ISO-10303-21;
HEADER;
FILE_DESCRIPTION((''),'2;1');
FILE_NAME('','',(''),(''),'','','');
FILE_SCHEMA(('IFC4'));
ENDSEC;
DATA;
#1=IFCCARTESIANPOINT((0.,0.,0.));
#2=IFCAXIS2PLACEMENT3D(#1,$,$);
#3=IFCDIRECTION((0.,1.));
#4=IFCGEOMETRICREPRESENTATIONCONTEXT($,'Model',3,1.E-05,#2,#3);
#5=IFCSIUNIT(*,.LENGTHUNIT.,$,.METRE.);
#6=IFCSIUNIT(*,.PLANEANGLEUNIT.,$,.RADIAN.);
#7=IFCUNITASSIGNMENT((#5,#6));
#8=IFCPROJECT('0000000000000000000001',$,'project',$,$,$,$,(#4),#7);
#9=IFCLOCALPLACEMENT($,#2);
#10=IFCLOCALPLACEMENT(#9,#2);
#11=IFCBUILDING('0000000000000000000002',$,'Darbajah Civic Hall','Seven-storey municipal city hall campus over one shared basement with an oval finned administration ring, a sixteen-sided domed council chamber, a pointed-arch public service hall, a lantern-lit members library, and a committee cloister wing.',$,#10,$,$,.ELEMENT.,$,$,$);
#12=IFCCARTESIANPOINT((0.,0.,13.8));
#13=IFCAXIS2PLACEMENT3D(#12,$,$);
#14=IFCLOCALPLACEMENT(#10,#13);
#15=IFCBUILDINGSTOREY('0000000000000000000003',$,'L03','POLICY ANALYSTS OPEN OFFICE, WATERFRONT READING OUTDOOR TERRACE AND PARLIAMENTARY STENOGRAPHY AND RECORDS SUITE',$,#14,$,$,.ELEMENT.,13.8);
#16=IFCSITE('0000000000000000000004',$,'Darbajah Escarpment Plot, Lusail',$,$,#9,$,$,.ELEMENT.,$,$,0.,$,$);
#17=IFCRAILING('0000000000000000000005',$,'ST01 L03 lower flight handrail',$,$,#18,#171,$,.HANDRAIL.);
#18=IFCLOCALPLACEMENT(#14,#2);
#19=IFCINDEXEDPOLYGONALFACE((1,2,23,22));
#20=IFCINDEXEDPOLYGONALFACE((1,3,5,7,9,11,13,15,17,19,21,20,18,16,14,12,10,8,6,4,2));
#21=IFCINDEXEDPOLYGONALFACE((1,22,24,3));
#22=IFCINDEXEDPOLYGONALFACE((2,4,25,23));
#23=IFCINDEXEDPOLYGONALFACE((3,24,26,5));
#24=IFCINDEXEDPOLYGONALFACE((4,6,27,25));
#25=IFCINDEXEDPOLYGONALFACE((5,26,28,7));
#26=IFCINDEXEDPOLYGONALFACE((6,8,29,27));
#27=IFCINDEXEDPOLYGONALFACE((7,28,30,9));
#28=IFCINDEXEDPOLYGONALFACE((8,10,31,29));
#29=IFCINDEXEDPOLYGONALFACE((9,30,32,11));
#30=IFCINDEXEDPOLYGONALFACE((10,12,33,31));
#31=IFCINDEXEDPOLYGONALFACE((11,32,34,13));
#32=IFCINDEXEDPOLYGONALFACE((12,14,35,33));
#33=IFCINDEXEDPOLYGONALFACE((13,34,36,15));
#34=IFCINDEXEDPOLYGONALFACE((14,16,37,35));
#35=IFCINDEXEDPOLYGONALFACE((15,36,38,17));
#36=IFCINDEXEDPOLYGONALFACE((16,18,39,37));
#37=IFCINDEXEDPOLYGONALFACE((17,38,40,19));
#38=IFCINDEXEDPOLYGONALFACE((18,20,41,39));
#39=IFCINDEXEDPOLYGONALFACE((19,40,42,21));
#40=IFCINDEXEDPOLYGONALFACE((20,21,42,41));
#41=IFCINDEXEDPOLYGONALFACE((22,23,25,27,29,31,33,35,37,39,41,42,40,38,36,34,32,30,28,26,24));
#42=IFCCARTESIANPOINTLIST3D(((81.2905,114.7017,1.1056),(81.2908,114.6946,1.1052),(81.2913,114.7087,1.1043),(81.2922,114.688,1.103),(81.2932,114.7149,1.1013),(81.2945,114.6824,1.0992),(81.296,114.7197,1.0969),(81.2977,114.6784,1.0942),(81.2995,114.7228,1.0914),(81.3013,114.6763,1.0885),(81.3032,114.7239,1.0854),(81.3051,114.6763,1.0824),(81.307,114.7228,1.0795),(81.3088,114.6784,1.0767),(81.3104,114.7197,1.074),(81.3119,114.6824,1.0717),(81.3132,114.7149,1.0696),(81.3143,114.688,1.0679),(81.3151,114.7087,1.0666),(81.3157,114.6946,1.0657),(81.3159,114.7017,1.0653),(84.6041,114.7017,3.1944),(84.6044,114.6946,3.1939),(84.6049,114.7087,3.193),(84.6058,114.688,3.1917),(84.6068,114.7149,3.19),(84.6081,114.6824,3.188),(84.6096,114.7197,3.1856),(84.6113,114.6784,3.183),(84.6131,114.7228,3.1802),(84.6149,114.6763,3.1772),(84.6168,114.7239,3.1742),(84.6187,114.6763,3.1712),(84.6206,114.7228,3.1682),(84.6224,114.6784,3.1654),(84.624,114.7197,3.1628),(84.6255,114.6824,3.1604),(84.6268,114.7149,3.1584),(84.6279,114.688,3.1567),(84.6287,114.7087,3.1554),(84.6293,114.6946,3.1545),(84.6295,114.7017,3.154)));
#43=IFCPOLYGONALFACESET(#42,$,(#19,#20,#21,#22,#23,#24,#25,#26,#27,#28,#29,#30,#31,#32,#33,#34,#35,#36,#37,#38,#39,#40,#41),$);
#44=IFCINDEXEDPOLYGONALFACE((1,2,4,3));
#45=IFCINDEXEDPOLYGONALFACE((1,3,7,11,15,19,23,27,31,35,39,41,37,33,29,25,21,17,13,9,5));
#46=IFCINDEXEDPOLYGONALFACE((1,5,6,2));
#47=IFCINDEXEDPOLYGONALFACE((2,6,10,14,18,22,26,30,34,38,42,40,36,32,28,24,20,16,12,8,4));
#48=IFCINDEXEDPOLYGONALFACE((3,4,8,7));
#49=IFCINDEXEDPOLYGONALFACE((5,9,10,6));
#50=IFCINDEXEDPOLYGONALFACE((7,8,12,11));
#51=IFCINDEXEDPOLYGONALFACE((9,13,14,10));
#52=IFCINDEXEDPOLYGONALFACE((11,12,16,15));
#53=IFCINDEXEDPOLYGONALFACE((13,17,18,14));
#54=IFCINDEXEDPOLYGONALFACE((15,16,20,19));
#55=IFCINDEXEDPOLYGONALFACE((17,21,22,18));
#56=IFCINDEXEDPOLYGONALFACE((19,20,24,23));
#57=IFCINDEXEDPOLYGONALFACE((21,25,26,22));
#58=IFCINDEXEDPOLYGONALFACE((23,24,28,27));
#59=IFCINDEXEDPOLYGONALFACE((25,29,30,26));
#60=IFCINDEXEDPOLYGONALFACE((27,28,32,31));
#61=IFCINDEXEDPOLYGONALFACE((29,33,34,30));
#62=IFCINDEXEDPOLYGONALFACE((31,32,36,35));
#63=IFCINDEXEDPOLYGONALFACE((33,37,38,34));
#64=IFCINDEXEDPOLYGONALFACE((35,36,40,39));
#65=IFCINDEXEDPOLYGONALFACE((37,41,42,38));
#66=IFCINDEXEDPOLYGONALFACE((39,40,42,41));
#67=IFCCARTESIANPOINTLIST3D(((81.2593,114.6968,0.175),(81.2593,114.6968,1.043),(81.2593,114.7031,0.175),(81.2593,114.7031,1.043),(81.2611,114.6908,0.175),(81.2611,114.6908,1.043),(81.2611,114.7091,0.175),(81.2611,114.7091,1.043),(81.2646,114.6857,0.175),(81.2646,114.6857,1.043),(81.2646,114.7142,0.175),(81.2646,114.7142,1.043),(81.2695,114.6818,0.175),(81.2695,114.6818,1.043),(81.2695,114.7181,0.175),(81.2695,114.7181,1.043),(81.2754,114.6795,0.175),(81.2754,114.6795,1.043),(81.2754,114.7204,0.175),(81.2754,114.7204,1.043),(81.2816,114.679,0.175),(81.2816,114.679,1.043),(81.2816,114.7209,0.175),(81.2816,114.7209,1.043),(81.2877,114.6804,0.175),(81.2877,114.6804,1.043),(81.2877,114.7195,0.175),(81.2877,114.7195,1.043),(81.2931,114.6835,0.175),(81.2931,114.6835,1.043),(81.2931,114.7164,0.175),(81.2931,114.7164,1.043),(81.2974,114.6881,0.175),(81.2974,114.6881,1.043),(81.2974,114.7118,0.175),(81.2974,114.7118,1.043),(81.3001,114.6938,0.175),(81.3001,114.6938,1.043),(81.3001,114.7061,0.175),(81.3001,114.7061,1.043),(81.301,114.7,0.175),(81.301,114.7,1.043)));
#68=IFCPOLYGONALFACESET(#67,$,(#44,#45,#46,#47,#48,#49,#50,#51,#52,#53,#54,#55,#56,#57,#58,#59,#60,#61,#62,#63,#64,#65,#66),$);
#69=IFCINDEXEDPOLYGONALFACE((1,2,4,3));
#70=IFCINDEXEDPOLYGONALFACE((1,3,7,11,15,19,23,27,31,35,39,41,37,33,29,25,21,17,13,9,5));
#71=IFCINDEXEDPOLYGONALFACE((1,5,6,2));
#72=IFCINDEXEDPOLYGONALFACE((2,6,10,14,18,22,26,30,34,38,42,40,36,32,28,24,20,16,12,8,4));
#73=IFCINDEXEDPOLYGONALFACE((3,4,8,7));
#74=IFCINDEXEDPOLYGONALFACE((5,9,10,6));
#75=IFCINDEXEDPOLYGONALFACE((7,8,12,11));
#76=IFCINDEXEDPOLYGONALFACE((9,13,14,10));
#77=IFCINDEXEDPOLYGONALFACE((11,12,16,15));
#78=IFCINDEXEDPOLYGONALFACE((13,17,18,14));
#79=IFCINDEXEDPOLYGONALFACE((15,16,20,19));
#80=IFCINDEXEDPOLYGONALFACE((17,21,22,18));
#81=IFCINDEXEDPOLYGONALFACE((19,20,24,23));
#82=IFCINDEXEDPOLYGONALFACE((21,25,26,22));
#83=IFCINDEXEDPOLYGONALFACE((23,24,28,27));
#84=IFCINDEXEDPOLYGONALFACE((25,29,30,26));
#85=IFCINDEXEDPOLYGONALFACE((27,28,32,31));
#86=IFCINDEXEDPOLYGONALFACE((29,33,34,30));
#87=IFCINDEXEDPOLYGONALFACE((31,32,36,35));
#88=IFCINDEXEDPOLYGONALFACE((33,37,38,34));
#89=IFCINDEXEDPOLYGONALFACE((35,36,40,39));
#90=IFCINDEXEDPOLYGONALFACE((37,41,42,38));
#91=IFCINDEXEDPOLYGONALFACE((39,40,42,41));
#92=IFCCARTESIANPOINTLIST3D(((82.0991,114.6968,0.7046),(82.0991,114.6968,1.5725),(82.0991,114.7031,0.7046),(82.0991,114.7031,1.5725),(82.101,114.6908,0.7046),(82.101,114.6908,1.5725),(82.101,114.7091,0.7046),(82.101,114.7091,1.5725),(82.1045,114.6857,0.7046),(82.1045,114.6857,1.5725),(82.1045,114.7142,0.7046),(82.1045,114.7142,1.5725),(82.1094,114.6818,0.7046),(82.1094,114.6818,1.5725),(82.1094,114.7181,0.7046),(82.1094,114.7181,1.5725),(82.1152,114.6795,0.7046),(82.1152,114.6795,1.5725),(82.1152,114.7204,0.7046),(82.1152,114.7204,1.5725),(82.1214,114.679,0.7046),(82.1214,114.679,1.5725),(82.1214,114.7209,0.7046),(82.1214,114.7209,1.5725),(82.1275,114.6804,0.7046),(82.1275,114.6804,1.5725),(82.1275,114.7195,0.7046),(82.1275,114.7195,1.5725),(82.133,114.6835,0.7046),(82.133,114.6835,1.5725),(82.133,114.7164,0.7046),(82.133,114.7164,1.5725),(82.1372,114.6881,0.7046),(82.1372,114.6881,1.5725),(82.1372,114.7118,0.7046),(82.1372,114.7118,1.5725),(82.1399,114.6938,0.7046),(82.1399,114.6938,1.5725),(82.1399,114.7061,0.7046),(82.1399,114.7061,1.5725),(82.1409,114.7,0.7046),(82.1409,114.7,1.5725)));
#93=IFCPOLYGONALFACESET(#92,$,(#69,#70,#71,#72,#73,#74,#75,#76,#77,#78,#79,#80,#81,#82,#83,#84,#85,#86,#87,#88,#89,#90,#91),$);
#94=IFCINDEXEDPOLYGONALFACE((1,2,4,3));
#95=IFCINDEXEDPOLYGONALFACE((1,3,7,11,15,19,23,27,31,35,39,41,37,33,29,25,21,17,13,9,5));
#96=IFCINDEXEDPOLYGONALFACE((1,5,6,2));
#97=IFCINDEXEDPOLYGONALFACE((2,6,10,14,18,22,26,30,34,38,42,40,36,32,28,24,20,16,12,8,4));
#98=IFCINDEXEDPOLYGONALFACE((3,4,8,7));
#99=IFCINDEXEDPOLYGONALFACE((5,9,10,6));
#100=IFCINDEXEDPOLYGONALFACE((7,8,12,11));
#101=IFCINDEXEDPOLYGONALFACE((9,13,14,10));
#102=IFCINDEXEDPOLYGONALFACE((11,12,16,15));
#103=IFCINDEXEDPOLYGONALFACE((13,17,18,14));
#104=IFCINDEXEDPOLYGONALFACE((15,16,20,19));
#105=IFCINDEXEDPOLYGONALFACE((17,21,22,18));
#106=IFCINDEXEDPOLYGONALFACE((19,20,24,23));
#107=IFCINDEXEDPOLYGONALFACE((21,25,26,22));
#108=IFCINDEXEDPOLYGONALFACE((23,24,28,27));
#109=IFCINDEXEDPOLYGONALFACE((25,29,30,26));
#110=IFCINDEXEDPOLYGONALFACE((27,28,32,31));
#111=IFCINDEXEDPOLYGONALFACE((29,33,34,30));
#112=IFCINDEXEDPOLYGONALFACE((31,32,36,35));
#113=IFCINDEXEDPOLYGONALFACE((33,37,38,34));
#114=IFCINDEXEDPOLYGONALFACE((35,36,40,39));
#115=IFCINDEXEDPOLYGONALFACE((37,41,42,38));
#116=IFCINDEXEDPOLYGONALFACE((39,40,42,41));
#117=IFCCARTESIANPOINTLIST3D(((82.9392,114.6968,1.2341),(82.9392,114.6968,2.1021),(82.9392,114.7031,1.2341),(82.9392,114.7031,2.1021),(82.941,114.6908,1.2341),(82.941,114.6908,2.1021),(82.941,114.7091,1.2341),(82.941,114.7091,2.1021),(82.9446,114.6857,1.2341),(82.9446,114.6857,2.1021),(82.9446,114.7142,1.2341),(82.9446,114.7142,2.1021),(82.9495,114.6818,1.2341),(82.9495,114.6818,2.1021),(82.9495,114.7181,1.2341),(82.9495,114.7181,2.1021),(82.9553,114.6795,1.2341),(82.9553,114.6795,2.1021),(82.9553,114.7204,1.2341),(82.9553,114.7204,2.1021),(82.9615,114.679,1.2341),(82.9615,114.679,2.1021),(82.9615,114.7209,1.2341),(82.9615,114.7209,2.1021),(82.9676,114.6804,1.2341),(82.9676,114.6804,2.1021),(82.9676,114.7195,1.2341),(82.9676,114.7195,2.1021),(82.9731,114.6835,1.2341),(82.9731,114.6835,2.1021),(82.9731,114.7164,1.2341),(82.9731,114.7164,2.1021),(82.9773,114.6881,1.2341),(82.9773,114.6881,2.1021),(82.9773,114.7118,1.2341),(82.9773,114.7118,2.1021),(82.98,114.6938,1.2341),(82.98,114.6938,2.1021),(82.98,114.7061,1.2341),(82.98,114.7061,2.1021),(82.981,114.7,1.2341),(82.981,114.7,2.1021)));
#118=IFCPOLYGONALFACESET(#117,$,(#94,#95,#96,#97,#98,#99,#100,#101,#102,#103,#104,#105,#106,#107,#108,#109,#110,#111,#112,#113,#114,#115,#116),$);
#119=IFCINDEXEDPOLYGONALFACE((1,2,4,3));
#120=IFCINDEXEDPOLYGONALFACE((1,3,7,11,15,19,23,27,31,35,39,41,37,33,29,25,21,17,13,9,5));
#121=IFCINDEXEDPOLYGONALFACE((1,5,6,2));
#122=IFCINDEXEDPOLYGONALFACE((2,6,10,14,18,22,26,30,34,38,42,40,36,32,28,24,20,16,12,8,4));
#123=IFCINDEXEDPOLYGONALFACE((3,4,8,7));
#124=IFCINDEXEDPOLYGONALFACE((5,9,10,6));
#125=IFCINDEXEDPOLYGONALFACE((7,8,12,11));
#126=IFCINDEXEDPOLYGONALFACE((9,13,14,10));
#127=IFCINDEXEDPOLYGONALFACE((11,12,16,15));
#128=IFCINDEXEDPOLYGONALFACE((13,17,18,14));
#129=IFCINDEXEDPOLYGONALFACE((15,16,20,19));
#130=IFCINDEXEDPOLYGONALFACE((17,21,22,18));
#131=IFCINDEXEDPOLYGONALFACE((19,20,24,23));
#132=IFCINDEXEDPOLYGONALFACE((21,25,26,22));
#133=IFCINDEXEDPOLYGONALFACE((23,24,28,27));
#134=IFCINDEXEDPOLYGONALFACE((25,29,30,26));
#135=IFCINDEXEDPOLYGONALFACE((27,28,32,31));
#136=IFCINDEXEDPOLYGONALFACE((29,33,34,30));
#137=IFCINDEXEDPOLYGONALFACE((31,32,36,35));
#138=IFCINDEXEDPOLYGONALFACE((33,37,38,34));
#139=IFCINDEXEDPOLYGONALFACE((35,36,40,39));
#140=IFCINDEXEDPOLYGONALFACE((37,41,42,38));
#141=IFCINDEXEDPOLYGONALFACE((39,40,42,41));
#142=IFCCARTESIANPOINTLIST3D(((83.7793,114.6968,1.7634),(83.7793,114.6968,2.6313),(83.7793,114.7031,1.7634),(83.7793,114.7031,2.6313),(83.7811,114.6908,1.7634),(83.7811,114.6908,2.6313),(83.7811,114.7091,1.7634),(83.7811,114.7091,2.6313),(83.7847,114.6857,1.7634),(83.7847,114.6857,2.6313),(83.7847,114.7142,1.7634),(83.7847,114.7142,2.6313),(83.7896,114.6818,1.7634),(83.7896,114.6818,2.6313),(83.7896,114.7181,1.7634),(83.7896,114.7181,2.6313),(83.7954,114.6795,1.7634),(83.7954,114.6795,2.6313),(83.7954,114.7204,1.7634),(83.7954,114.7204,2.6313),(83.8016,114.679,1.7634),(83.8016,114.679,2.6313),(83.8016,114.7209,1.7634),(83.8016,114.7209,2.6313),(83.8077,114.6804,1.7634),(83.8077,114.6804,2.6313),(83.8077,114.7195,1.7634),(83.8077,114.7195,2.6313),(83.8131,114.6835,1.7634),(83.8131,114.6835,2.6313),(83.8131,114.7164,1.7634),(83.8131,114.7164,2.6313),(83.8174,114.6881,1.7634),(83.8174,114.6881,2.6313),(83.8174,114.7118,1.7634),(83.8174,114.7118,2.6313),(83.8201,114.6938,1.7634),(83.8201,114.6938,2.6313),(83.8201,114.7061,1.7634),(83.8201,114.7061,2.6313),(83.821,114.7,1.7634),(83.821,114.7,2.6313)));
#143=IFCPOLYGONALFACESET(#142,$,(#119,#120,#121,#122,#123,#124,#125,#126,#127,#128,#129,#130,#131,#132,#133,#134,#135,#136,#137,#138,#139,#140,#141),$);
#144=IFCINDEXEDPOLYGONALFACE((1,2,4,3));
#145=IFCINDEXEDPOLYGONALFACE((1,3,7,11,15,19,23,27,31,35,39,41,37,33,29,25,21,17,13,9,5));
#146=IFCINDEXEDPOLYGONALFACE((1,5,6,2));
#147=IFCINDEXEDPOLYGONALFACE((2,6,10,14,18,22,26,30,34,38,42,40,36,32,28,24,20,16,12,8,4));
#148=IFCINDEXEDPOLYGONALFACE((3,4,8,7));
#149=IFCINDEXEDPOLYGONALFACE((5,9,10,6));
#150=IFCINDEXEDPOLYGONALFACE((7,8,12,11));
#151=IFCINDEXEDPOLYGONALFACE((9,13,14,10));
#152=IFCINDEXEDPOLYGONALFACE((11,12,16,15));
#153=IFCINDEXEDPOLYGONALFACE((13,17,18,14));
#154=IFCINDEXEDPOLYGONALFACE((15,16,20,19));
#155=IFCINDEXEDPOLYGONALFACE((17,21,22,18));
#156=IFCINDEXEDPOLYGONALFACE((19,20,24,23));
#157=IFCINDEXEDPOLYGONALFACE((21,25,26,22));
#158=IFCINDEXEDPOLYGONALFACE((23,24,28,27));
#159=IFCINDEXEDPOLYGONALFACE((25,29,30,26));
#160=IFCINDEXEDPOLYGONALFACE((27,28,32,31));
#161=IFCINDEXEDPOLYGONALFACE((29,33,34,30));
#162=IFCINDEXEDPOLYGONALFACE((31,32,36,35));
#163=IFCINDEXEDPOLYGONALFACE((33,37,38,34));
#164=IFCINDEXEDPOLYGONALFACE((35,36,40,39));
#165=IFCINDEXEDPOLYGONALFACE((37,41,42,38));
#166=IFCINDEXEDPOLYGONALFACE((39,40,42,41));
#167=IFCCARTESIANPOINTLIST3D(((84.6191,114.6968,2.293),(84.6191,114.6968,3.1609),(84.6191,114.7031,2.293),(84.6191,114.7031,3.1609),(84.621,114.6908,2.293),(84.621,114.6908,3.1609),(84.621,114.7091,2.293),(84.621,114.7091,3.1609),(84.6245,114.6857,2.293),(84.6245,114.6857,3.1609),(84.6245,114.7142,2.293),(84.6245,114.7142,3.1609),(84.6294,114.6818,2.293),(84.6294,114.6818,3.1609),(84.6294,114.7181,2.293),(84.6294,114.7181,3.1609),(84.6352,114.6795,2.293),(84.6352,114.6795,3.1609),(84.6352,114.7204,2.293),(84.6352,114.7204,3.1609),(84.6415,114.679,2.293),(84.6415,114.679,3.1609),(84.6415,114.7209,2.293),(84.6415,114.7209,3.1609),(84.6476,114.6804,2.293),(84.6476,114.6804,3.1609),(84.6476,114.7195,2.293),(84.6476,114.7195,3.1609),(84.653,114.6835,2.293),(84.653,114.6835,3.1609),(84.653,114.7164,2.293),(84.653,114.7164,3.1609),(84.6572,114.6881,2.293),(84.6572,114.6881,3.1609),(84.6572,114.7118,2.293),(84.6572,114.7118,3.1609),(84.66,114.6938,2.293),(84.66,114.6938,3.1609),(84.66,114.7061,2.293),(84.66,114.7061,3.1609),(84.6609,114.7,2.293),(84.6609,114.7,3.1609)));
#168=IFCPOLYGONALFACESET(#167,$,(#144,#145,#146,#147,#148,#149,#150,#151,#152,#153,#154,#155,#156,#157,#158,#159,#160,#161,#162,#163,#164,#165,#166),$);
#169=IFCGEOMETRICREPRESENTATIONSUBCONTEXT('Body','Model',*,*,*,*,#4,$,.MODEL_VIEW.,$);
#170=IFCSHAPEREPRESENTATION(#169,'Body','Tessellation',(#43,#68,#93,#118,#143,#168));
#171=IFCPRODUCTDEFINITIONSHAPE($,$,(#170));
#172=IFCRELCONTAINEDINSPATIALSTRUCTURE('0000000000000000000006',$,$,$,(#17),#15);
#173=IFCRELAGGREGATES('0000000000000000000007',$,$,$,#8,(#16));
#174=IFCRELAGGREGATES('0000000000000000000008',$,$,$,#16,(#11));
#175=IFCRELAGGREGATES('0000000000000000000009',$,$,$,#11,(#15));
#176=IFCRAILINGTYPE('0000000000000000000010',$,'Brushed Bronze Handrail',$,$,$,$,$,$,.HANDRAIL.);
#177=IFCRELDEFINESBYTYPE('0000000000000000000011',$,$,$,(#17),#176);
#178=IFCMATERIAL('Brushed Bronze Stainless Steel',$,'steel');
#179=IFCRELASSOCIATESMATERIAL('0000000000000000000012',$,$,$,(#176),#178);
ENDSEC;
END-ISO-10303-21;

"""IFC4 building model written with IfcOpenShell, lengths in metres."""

from ifc_helpers import new_model, si_unit, direction, frame, origin, origin_2d, place, context, subcontext, project, spatial, circle, extrude, material, type_object, element, save


model = new_model("IFC4")

# Units and contexts
model_context = context("Model", 3, precision=1e-05, world=origin(), true_north=direction((0.0, 1.0)))
body_context = subcontext(model_context, "Body", "Model", "MODEL_VIEW")
ifc_project = project(units=[si_unit("LENGTHUNIT", "METRE"), si_unit("PLANEANGLEUNIT", "RADIAN")], contexts=[model_context])

# Site, building, storey
site_placement = place(None, origin())
site = spatial("IfcSite", under=ifc_project, at=site_placement, Name="Darbajah Escarpment Plot, Lusail", CompositionType="ELEMENT", RefElevation=0.0)
building_placement = place(site_placement, origin())
building = spatial("IfcBuilding", under=site, at=building_placement, Name="Darbajah Civic Hall", Description="Seven-storey municipal city hall campus over one shared basement with an oval finned administration ring, a sixteen-sided domed council chamber, a pointed-arch public service hall, a lantern-lit members library, and a committee cloister wing.", CompositionType="ELEMENT")
storey_placement = place(building_placement, frame((0.0, 0.0, 13.8)))
storey = spatial("IfcBuildingStorey", under=building, at=storey_placement, Name="L03", Description="POLICY ANALYSTS OPEN OFFICE, WATERFRONT READING OUTDOOR TERRACE AND PARLIAMENTARY STENOGRAPHY AND RECORDS SUITE", CompositionType="ELEMENT", Elevation=13.8)

# Railing
ifc_material_1 = material(Name="Brushed Bronze Stainless Steel", Category="steel")
railing_type_1 = type_object("IfcRailingType", Name="Brushed Bronze Handrail", PredefinedType="HANDRAIL", material=ifc_material_1)
railing_1_placement = place(storey_placement, frame((81.28, 114.7, 0.175)))
element("IfcRailing", 1, at=railing_1_placement, inside=storey, type_object=railing_type_1, Name="ST01 L03 lower flight handrail", PredefinedType="HANDRAIL", context=body_context, shape_type="SweptSolid", body=[
    extrude(circle(Radius=0.0239, at=origin_2d()), frame((0.0232, 0.0, 0.9104), z_axis=(0.845955, 0.0, 0.533255), x_axis=(0.0, 1.0, 0.0)), (0.0, 0.0, 1.0), 3.917),
    extrude(circle(Radius=0.021, at=origin_2d()), origin(), (0.0, 0.0, 1.0), 0.8679),
    extrude(circle(Radius=0.021, at=origin_2d()), frame((0.8398, 0.0, 0.5295)), (0.0, 0.0, 1.0), 0.8679),
    extrude(circle(Radius=0.021, at=origin_2d()), frame((1.6799, 0.0, 1.0591)), (0.0, 0.0, 1.0), 0.8679),
    extrude(circle(Radius=0.021, at=origin_2d()), frame((2.52, 0.0, 1.5884)), (0.0, 0.0, 1.0), 0.8679),
    extrude(circle(Radius=0.021, at=origin_2d()), frame((3.3599, 0.0, 2.1179)), (0.0, 0.0, 1.0), 0.8679),
])

save(model, "model.ifc")
